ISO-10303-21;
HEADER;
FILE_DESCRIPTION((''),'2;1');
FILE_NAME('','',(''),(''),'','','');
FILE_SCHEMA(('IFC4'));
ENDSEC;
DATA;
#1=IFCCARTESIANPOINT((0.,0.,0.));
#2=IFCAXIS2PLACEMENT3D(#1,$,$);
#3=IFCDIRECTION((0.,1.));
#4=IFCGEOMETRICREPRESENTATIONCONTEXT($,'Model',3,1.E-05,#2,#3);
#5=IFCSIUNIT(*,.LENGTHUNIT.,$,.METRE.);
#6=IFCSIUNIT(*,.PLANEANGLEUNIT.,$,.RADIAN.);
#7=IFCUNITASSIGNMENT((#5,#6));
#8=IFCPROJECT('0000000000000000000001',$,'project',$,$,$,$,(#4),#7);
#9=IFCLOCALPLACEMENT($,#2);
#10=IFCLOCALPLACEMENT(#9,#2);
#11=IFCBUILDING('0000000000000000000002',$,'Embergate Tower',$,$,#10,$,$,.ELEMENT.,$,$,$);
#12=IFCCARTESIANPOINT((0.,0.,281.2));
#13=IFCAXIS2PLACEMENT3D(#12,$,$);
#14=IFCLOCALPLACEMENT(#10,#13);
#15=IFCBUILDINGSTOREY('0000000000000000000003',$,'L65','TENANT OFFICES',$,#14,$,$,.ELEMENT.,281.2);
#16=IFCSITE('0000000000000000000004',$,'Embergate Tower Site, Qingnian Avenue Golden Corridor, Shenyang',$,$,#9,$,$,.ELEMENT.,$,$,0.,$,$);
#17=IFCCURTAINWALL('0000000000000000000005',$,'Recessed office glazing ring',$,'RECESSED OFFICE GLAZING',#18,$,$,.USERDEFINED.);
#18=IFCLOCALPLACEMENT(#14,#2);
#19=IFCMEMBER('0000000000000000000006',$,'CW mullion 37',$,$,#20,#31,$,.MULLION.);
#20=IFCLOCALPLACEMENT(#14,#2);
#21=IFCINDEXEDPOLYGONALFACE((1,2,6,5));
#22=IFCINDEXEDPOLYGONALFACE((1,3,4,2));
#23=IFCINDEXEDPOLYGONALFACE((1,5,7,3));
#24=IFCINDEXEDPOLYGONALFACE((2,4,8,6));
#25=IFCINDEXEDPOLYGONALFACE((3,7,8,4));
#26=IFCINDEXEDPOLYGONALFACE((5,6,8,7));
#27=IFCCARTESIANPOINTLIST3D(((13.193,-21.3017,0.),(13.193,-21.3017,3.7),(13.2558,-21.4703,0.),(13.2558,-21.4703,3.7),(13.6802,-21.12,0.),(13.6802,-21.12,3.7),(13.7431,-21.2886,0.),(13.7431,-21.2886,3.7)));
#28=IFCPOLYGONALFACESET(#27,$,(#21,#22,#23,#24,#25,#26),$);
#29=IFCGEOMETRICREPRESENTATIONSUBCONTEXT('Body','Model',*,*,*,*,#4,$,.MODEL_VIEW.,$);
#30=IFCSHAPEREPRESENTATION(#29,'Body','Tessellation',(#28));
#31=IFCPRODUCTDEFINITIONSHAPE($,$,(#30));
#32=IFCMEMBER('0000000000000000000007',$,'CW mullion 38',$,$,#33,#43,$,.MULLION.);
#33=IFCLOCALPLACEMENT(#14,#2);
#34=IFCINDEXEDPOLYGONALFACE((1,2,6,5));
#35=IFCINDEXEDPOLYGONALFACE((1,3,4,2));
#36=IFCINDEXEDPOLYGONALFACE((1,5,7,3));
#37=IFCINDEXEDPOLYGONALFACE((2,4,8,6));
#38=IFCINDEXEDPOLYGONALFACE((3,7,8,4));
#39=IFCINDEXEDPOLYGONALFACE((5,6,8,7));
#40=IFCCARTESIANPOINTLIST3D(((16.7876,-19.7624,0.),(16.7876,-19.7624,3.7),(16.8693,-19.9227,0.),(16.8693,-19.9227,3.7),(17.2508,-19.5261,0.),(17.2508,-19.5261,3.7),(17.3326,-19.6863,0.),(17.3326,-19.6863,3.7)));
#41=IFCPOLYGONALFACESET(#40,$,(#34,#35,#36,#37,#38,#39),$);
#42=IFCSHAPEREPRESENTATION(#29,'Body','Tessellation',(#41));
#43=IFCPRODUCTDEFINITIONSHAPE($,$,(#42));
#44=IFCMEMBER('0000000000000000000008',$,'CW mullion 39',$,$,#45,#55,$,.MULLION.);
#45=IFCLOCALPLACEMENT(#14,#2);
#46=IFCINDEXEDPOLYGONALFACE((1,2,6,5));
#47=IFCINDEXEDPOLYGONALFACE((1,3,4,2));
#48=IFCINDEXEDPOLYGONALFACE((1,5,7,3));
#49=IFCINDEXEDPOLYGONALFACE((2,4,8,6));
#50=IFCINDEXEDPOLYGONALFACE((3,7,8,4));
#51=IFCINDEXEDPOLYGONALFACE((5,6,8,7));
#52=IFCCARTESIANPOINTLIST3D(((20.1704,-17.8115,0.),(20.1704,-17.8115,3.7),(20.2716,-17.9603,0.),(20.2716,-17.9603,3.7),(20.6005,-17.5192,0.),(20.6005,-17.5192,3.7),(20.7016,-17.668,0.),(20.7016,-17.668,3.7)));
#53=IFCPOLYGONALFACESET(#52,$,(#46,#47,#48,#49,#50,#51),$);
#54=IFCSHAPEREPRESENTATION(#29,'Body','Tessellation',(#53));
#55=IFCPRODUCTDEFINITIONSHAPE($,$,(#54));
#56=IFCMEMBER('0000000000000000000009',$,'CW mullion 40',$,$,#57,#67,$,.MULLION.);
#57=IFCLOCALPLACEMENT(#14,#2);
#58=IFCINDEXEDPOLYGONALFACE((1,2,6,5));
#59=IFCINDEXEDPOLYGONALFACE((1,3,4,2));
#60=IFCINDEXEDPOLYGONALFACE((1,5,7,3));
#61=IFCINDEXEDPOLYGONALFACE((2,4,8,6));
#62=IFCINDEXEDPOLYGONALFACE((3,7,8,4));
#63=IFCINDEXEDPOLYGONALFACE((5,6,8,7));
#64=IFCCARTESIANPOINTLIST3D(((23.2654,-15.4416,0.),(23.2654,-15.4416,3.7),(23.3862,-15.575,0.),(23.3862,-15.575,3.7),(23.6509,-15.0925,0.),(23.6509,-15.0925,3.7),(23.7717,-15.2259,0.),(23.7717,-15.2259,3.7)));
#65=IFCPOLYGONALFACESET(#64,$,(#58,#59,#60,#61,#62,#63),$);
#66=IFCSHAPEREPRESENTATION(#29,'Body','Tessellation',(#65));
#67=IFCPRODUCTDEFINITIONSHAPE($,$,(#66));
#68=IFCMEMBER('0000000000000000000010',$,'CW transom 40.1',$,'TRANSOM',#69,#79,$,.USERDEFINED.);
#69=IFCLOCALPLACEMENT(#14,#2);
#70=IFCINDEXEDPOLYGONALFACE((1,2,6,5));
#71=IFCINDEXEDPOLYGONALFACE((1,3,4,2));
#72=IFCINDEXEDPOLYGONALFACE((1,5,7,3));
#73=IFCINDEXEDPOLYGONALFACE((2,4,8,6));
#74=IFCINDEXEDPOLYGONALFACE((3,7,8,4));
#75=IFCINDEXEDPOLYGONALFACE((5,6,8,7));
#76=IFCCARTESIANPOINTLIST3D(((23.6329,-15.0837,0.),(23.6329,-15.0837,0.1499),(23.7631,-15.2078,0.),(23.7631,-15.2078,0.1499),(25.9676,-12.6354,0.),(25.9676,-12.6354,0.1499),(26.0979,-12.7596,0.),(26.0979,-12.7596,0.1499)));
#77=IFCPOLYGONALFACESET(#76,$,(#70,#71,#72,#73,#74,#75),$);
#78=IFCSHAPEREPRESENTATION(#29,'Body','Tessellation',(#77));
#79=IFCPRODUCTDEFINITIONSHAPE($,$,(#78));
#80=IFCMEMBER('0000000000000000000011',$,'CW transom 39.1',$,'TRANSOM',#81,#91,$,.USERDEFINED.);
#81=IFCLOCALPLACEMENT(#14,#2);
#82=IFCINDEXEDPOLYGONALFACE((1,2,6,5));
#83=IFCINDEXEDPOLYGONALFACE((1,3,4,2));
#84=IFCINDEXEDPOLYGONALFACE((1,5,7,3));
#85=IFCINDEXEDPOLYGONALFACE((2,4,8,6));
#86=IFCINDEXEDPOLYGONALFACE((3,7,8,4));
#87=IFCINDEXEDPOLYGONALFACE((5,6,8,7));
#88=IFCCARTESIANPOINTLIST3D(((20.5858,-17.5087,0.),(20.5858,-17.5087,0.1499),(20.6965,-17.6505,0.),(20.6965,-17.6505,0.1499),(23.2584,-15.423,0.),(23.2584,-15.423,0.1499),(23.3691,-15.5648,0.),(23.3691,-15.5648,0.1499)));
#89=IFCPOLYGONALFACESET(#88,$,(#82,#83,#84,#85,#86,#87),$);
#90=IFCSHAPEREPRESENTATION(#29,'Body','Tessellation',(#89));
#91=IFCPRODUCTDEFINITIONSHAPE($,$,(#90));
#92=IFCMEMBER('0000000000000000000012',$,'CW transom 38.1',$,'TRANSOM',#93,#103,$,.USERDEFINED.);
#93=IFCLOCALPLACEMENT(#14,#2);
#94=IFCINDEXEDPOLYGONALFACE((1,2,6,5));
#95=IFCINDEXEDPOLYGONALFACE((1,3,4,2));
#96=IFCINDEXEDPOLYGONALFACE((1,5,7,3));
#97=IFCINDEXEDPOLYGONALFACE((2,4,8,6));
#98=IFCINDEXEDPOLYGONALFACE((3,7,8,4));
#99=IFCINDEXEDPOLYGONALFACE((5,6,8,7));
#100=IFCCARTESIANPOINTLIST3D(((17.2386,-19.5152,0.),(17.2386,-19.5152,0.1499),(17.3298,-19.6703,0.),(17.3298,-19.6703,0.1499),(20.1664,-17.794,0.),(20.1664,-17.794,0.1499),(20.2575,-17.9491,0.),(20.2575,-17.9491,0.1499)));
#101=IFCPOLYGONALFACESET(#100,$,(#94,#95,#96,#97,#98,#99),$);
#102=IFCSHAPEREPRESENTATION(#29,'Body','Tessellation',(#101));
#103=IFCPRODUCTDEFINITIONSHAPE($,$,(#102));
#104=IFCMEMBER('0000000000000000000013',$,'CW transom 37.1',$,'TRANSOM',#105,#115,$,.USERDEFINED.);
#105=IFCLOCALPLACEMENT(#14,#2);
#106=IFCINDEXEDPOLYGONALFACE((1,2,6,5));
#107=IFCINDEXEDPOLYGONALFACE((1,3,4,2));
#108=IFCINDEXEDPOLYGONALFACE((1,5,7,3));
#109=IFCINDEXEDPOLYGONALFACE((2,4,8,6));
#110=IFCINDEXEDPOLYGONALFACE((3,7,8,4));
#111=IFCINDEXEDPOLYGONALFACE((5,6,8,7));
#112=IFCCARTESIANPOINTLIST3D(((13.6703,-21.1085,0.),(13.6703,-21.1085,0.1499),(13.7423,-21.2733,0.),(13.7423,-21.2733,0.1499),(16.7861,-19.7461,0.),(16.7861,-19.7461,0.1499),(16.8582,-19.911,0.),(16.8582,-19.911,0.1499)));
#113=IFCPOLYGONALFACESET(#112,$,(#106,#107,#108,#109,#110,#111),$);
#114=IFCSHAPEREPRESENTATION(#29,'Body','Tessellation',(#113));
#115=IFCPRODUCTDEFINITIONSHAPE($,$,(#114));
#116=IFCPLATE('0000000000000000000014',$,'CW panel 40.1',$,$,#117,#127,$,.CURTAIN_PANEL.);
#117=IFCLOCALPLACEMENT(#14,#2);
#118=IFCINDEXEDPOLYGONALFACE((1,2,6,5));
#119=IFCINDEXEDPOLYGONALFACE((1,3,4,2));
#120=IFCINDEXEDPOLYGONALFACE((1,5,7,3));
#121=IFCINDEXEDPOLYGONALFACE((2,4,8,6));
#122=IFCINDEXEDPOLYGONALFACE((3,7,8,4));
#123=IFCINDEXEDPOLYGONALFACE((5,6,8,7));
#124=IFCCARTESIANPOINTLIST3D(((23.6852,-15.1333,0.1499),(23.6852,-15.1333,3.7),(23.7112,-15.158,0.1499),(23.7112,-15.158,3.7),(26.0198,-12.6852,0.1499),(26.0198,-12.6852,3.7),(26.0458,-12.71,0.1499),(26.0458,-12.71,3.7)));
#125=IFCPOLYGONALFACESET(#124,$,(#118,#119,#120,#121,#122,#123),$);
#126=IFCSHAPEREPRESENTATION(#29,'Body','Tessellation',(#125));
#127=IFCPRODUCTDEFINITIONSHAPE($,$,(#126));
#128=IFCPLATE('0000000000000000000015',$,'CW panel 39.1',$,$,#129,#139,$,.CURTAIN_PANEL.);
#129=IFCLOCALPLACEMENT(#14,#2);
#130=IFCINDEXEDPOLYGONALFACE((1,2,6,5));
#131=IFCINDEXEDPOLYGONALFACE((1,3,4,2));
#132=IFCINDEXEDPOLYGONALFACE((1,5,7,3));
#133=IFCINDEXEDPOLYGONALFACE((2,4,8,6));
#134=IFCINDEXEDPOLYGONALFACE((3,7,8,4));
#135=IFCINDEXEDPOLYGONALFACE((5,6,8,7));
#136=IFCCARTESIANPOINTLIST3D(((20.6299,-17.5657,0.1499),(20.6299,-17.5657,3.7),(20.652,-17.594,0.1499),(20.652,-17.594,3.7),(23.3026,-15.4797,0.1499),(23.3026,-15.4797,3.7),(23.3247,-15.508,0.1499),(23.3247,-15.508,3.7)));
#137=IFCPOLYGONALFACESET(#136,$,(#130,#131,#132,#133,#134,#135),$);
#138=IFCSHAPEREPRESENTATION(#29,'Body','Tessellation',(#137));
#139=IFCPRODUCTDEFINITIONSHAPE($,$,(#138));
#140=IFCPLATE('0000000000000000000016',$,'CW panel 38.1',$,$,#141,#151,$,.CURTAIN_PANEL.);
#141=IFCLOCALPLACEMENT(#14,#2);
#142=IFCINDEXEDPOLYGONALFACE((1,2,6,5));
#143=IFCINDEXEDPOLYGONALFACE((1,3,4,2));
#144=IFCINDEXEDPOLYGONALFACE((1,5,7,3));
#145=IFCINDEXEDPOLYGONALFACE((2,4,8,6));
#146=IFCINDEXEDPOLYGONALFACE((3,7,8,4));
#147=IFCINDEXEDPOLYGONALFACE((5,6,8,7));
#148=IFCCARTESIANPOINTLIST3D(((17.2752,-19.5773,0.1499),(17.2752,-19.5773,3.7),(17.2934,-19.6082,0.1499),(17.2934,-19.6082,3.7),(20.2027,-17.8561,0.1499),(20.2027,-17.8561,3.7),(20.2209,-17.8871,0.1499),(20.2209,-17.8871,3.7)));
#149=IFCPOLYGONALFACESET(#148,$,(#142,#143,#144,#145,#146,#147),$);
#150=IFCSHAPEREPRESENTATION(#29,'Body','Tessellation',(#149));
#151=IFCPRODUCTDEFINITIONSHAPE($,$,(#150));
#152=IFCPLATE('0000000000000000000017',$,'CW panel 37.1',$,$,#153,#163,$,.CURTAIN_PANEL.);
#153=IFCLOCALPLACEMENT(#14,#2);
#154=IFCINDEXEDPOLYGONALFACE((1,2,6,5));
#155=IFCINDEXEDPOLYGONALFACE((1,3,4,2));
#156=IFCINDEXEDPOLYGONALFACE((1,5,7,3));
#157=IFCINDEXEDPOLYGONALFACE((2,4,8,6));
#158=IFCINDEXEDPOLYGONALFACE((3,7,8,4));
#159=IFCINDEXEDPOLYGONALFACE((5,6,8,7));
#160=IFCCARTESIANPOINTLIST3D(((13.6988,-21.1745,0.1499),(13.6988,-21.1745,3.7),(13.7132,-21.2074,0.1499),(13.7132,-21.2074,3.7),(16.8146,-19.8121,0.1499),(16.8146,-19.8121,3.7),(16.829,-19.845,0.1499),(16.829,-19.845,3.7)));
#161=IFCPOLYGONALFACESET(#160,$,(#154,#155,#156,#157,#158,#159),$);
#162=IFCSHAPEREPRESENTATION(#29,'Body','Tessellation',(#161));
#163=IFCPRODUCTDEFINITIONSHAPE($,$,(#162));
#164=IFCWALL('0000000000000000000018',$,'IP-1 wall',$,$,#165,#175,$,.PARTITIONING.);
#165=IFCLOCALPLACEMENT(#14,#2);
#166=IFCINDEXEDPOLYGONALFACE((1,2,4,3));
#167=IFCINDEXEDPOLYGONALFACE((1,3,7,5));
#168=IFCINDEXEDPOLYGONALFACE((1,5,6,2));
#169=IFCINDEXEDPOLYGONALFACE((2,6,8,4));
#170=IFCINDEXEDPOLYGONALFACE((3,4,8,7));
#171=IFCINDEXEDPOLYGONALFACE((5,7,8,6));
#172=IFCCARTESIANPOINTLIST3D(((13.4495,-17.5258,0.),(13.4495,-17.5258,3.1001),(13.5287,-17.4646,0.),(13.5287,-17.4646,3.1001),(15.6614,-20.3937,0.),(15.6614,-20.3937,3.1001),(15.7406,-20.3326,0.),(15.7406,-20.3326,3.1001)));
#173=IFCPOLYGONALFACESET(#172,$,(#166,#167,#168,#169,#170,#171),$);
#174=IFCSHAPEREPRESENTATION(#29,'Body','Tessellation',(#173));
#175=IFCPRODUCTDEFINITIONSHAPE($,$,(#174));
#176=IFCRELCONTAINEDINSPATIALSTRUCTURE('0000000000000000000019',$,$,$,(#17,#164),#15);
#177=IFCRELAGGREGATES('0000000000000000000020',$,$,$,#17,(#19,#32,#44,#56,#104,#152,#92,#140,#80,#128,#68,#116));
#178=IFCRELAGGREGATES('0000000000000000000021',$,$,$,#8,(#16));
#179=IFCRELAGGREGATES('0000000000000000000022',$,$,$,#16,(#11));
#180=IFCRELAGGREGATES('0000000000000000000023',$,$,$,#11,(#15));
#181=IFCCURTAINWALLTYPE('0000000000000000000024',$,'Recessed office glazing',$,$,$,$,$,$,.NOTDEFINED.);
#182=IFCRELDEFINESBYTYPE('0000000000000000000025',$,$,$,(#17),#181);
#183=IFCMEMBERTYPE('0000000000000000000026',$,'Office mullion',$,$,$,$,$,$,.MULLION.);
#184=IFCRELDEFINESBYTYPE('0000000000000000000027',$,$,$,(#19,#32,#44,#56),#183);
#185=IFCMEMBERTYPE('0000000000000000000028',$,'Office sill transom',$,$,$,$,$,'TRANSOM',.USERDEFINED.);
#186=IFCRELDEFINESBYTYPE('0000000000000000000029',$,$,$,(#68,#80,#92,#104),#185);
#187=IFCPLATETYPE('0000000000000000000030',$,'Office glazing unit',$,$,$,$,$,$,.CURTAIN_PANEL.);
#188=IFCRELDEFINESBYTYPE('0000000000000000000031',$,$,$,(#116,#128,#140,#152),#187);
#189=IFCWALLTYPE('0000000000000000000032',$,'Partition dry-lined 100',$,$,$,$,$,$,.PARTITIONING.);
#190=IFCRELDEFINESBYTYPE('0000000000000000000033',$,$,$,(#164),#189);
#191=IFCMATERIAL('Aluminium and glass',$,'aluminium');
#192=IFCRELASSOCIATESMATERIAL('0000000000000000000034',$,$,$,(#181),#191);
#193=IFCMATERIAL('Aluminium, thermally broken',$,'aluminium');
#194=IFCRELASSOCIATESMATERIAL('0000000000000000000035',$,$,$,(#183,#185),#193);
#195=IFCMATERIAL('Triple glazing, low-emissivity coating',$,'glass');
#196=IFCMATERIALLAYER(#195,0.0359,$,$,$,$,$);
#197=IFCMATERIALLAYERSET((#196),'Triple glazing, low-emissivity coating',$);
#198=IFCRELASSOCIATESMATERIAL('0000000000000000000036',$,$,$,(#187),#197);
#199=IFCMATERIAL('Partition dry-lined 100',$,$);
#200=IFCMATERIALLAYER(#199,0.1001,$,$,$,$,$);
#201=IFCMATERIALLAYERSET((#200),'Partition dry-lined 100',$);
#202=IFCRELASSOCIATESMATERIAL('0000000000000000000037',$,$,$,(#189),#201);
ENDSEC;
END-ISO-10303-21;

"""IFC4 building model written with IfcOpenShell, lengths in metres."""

from ifc_helpers import new_model, si_unit, direction, frame, frame_2d, origin, origin_2d, place, context, subcontext, project, spatial, rectangle, extrude, source, transform, mapped, material, layer, layer_set, material_profile, profile_set, type_object, element, aggregate, save


model = new_model("IFC4")

# Units and contexts
model_context = context("Model", 3, precision=1e-05, world=origin(), true_north=direction((0.0, 1.0)))
body_context = subcontext(model_context, "Body", "Model", "MODEL_VIEW")
ifc_project = project(units=[si_unit("LENGTHUNIT", "METRE"), si_unit("PLANEANGLEUNIT", "RADIAN")], contexts=[model_context])

# Site, building, storey
site_placement = place(None, origin())
site = spatial("IfcSite", under=ifc_project, at=site_placement, Name="Embergate Tower Site, Qingnian Avenue Golden Corridor, Shenyang", CompositionType="ELEMENT", RefElevation=0.0)
building_placement = place(site_placement, origin())
building = spatial("IfcBuilding", under=site, at=building_placement, Name="Embergate Tower", CompositionType="ELEMENT")
storey_placement = place(building_placement, frame((0.0, 0.0, 281.2)))
storey = spatial("IfcBuildingStorey", under=building, at=storey_placement, Name="L65", Description="TENANT OFFICES", CompositionType="ELEMENT", Elevation=281.2)

# Curtain wall, members, plates
ifc_material_1 = material(Name="Aluminium and glass", Category="aluminium")
curtain_wall_type = type_object("IfcCurtainWallType", Name="Recessed office glazing", PredefinedType="NOTDEFINED", material=ifc_material_1)
curtain_wall_placement = place(storey_placement, origin())
curtain_wall = element("IfcCurtainWall", 1, at=curtain_wall_placement, inside=storey, type_object=curtain_wall_type, Name="Recessed office glazing ring", ObjectType="RECESSED OFFICE GLAZING", PredefinedType="USERDEFINED")
ifc_material_2 = material(Name="Aluminium, thermally broken", Category="aluminium")
ifc_material_profile_1 = material_profile(ifc_material_2, rectangle(XDim=0.1799, YDim=0.52, at=origin_2d()), Name="AL 520x180")
ifc_profile_set_1 = profile_set([ifc_material_profile_1], Name="Aluminium, thermally broken")
member_type_1 = type_object("IfcMemberType", Name="Office mullion", PredefinedType="MULLION", material=ifc_profile_set_1)
shared_shape_1 = source(origin(), body_context, "Body", "SweptSolid", [
    extrude(rectangle(XDim=0.1799, YDim=0.52, at=origin_2d()), origin(), (0.0, 0.0, 1.0), 3.7),
])
member_1_placement = place(storey_placement, frame((13.468, -21.2952, 0.0), z_axis=(0.0, 0.0, 1.0), x_axis=(-0.349498, 0.936937, 0.0)))
member_1 = element("IfcMember", 2, at=member_1_placement, type_object=member_type_1, Name="CW mullion 37", PredefinedType="MULLION", context=body_context, shape_type="MappedRepresentation", body=[
    mapped(shared_shape_1, transform((0.0, 0.0, 0.0))),
])
member_2_placement = place(storey_placement, frame((17.0601, -19.7244, 0.0), z_axis=(0.0, 0.0, 1.0), x_axis=(-0.454504, 0.890745, 0.0)))
member_2 = element("IfcMember", 3, at=member_2_placement, type_object=member_type_1, Name="CW mullion 38", PredefinedType="MULLION", context=body_context, shape_type="MappedRepresentation", body=[
    mapped(shared_shape_1, transform((0.0, 0.0, 0.0))),
])
member_3_placement = place(storey_placement, frame((20.436, -17.7397, 0.0), z_axis=(0.0, 0.0, 1.0), x_axis=(-0.562208, 0.826996, 0.0)))
member_3 = element("IfcMember", 4, at=member_3_placement, type_object=member_type_1, Name="CW mullion 39", PredefinedType="MULLION", context=body_context, shape_type="MappedRepresentation", body=[
    mapped(shared_shape_1, transform((0.0, 0.0, 0.0))),
])
member_4_placement = place(storey_placement, frame((23.5186, -15.3337, 0.0), z_axis=(0.0, 0.0, 1.0), x_axis=(-0.671216, 0.741262, 0.0)))
member_4 = element("IfcMember", 5, at=member_4_placement, type_object=member_type_1, Name="CW mullion 40", PredefinedType="MULLION", context=body_context, shape_type="MappedRepresentation", body=[
    mapped(shared_shape_1, transform((0.0, 0.0, 0.0))),
])
ifc_material_profile_2 = material_profile(ifc_material_2, rectangle(XDim=0.1799, YDim=0.1499, at=origin_2d()), Name="AL 150x180")
ifc_profile_set_2 = profile_set([ifc_material_profile_2], Name="Aluminium, thermally broken")
member_type_2 = type_object("IfcMemberType", Name="Office sill transom", ElementType="TRANSOM", PredefinedType="USERDEFINED", material=ifc_profile_set_2)
shared_shape_2 = source(origin(), body_context, "Body", "SweptSolid", [
    extrude(rectangle(XDim=0.1799, YDim=0.1499, at=origin_2d()), origin(), (0.0, 0.0, 1.0), 3.3831),
])
member_5_placement = place(storey_placement, frame((23.698, -15.1458, 0.075), z_axis=(0.690129, 0.723686, 0.0), x_axis=(-0.723686, 0.690129, 0.0)))
member_5 = element("IfcMember", 6, at=member_5_placement, type_object=member_type_2, Name="CW transom 40.1", ObjectType="TRANSOM", PredefinedType="USERDEFINED", context=body_context, shape_type="MappedRepresentation", body=[
    mapped(shared_shape_2, transform((0.0, 0.0, 0.0))),
])
shared_shape_3 = source(origin(), body_context, "Body", "SweptSolid", [
    extrude(rectangle(XDim=0.1799, YDim=0.1499, at=origin_2d()), origin(), (0.0, 0.0, 1.0), 3.3901),
])
member_6_placement = place(storey_placement, frame((20.6411, -17.5796, 0.075), z_axis=(0.788351, 0.615226, 0.0), x_axis=(-0.615226, 0.788351, 0.0)))
member_6 = element("IfcMember", 7, at=member_6_placement, type_object=member_type_2, Name="CW transom 39.1", ObjectType="TRANSOM", PredefinedType="USERDEFINED", context=body_context, shape_type="MappedRepresentation", body=[
    mapped(shared_shape_3, transform((0.0, 0.0, 0.0))),
])
shared_shape_4 = source(origin(), body_context, "Body", "SweptSolid", [
    extrude(rectangle(XDim=0.1799, YDim=0.1499, at=origin_2d()), origin(), (0.0, 0.0, 1.0), 3.3962),
])
member_7_placement = place(storey_placement, frame((17.2842, -19.5928, 0.075), z_axis=(0.862064, 0.5068, 0.0), x_axis=(-0.5068, 0.862064, 0.0)))
member_7 = element("IfcMember", 8, at=member_7_placement, type_object=member_type_2, Name="CW transom 38.1", ObjectType="TRANSOM", PredefinedType="USERDEFINED", context=body_context, shape_type="MappedRepresentation", body=[
    mapped(shared_shape_4, transform((0.0, 0.0, 0.0))),
])
shared_shape_5 = source(origin(), body_context, "Body", "SweptSolid", [
    extrude(rectangle(XDim=0.1799, YDim=0.1499, at=origin_2d()), origin(), (0.0, 0.0, 1.0), 3.4006),
])
member_8_placement = place(storey_placement, frame((13.7063, -21.1909, 0.075), z_axis=(0.916246, 0.400615, 0.0), x_axis=(-0.400615, 0.916246, 0.0)))
member_8 = element("IfcMember", 9, at=member_8_placement, type_object=member_type_2, Name="CW transom 37.1", ObjectType="TRANSOM", PredefinedType="USERDEFINED", context=body_context, shape_type="MappedRepresentation", body=[
    mapped(shared_shape_5, transform((0.0, 0.0, 0.0))),
])
ifc_material_3 = material(Name="Triple glazing, low-emissivity coating", Category="glass")
ifc_layer_1 = layer(ifc_material_3, 0.0359)
ifc_layer_set_1 = layer_set([ifc_layer_1], Name="Triple glazing, low-emissivity coating")
plate_type = type_object("IfcPlateType", Name="Office glazing unit", PredefinedType="CURTAIN_PANEL", material=ifc_layer_set_1)
shared_shape_6 = source(origin(), body_context, "Body", "SweptSolid", [
    extrude(rectangle(XDim=3.3828, YDim=0.0359, at=origin_2d()), origin(), (0.0, 0.0, 1.0), 3.55),
])
plate_1_placement = place(storey_placement, frame((24.8655, -13.9216, 0.1499), z_axis=(0.0, 0.0, 1.0), x_axis=(0.690139, 0.723677, 0.0)))
plate_1 = element("IfcPlate", 10, at=plate_1_placement, type_object=plate_type, Name="CW panel 40.1", PredefinedType="CURTAIN_PANEL", context=body_context, shape_type="MappedRepresentation", body=[
    mapped(shared_shape_6, transform((0.0, 0.0, 0.0))),
])
shared_shape_7 = source(origin(), body_context, "Body", "SweptSolid", [
    extrude(rectangle(XDim=3.3904, YDim=0.0359, at=origin_2d()), origin(), (0.0, 0.0, 1.0), 3.55),
])
plate_2_placement = place(storey_placement, frame((21.9773, -16.5369, 0.1499), z_axis=(0.0, 0.0, 1.0), x_axis=(0.788323, 0.615261, 0.0)))
plate_2 = element("IfcPlate", 11, at=plate_2_placement, type_object=plate_type, Name="CW panel 39.1", PredefinedType="CURTAIN_PANEL", context=body_context, shape_type="MappedRepresentation", body=[
    mapped(shared_shape_7, transform((0.0, 0.0, 0.0))),
])
shared_shape_8 = source(origin(), body_context, "Body", "SweptSolid", [
    extrude(rectangle(XDim=3.396, YDim=0.0359, at=origin_2d()), origin(), (0.0, 0.0, 1.0), 3.55),
])
plate_3_placement = place(storey_placement, frame((18.748, -18.7322, 0.1499), z_axis=(0.0, 0.0, 1.0), x_axis=(0.862055, 0.506815, 0.0)))
plate_3 = element("IfcPlate", 12, at=plate_3_placement, type_object=plate_type, Name="CW panel 38.1", PredefinedType="CURTAIN_PANEL", context=body_context, shape_type="MappedRepresentation", body=[
    mapped(shared_shape_8, transform((0.0, 0.0, 0.0))),
])
shared_shape_9 = source(origin(), body_context, "Body", "SweptSolid", [
    extrude(rectangle(XDim=3.4006, YDim=0.0359, at=origin_2d()), origin(), (0.0, 0.0, 1.0), 3.55),
])
plate_4_placement = place(storey_placement, frame((15.2639, -20.5098, 0.1499), z_axis=(0.0, 0.0, 1.0), x_axis=(0.916237, 0.400637, 0.0)))
plate_4 = element("IfcPlate", 13, at=plate_4_placement, type_object=plate_type, Name="CW panel 37.1", PredefinedType="CURTAIN_PANEL", context=body_context, shape_type="MappedRepresentation", body=[
    mapped(shared_shape_9, transform((0.0, 0.0, 0.0))),
])
aggregate(curtain_wall, [member_1, member_2, member_3, member_4, member_8, plate_4, member_7, plate_3, member_6, plate_2, member_5, plate_1])

# Wall
ifc_material_4 = material(Name="Partition dry-lined 100")
ifc_layer_2 = layer(ifc_material_4, 0.1001)
ifc_layer_set_2 = layer_set([ifc_layer_2], Name="Partition dry-lined 100")
wall_type = type_object("IfcWallType", Name="Partition dry-lined 100", PredefinedType="PARTITIONING", material=ifc_layer_set_2)
shared_shape_10 = source(origin(), body_context, "Body", "SweptSolid", [
    extrude(rectangle(XDim=3.6218, YDim=0.1001, at=frame_2d((1.811, 0.0))), origin(), (0.0, 0.0, 1.0), 3.1001),
])
wall_1_placement = place(storey_placement, frame((13.489, -17.4951, 0.0), z_axis=(0.0, 0.0, 1.0), x_axis=(0.61072, -0.791847, 0.0)))
element("IfcWall", 14, at=wall_1_placement, inside=storey, type_object=wall_type, Name="IP-1 wall", PredefinedType="PARTITIONING", context=body_context, shape_type="MappedRepresentation", body=[
    mapped(shared_shape_10, transform((0.0, 0.0, 0.0))),
])

save(model, "model.ifc")
